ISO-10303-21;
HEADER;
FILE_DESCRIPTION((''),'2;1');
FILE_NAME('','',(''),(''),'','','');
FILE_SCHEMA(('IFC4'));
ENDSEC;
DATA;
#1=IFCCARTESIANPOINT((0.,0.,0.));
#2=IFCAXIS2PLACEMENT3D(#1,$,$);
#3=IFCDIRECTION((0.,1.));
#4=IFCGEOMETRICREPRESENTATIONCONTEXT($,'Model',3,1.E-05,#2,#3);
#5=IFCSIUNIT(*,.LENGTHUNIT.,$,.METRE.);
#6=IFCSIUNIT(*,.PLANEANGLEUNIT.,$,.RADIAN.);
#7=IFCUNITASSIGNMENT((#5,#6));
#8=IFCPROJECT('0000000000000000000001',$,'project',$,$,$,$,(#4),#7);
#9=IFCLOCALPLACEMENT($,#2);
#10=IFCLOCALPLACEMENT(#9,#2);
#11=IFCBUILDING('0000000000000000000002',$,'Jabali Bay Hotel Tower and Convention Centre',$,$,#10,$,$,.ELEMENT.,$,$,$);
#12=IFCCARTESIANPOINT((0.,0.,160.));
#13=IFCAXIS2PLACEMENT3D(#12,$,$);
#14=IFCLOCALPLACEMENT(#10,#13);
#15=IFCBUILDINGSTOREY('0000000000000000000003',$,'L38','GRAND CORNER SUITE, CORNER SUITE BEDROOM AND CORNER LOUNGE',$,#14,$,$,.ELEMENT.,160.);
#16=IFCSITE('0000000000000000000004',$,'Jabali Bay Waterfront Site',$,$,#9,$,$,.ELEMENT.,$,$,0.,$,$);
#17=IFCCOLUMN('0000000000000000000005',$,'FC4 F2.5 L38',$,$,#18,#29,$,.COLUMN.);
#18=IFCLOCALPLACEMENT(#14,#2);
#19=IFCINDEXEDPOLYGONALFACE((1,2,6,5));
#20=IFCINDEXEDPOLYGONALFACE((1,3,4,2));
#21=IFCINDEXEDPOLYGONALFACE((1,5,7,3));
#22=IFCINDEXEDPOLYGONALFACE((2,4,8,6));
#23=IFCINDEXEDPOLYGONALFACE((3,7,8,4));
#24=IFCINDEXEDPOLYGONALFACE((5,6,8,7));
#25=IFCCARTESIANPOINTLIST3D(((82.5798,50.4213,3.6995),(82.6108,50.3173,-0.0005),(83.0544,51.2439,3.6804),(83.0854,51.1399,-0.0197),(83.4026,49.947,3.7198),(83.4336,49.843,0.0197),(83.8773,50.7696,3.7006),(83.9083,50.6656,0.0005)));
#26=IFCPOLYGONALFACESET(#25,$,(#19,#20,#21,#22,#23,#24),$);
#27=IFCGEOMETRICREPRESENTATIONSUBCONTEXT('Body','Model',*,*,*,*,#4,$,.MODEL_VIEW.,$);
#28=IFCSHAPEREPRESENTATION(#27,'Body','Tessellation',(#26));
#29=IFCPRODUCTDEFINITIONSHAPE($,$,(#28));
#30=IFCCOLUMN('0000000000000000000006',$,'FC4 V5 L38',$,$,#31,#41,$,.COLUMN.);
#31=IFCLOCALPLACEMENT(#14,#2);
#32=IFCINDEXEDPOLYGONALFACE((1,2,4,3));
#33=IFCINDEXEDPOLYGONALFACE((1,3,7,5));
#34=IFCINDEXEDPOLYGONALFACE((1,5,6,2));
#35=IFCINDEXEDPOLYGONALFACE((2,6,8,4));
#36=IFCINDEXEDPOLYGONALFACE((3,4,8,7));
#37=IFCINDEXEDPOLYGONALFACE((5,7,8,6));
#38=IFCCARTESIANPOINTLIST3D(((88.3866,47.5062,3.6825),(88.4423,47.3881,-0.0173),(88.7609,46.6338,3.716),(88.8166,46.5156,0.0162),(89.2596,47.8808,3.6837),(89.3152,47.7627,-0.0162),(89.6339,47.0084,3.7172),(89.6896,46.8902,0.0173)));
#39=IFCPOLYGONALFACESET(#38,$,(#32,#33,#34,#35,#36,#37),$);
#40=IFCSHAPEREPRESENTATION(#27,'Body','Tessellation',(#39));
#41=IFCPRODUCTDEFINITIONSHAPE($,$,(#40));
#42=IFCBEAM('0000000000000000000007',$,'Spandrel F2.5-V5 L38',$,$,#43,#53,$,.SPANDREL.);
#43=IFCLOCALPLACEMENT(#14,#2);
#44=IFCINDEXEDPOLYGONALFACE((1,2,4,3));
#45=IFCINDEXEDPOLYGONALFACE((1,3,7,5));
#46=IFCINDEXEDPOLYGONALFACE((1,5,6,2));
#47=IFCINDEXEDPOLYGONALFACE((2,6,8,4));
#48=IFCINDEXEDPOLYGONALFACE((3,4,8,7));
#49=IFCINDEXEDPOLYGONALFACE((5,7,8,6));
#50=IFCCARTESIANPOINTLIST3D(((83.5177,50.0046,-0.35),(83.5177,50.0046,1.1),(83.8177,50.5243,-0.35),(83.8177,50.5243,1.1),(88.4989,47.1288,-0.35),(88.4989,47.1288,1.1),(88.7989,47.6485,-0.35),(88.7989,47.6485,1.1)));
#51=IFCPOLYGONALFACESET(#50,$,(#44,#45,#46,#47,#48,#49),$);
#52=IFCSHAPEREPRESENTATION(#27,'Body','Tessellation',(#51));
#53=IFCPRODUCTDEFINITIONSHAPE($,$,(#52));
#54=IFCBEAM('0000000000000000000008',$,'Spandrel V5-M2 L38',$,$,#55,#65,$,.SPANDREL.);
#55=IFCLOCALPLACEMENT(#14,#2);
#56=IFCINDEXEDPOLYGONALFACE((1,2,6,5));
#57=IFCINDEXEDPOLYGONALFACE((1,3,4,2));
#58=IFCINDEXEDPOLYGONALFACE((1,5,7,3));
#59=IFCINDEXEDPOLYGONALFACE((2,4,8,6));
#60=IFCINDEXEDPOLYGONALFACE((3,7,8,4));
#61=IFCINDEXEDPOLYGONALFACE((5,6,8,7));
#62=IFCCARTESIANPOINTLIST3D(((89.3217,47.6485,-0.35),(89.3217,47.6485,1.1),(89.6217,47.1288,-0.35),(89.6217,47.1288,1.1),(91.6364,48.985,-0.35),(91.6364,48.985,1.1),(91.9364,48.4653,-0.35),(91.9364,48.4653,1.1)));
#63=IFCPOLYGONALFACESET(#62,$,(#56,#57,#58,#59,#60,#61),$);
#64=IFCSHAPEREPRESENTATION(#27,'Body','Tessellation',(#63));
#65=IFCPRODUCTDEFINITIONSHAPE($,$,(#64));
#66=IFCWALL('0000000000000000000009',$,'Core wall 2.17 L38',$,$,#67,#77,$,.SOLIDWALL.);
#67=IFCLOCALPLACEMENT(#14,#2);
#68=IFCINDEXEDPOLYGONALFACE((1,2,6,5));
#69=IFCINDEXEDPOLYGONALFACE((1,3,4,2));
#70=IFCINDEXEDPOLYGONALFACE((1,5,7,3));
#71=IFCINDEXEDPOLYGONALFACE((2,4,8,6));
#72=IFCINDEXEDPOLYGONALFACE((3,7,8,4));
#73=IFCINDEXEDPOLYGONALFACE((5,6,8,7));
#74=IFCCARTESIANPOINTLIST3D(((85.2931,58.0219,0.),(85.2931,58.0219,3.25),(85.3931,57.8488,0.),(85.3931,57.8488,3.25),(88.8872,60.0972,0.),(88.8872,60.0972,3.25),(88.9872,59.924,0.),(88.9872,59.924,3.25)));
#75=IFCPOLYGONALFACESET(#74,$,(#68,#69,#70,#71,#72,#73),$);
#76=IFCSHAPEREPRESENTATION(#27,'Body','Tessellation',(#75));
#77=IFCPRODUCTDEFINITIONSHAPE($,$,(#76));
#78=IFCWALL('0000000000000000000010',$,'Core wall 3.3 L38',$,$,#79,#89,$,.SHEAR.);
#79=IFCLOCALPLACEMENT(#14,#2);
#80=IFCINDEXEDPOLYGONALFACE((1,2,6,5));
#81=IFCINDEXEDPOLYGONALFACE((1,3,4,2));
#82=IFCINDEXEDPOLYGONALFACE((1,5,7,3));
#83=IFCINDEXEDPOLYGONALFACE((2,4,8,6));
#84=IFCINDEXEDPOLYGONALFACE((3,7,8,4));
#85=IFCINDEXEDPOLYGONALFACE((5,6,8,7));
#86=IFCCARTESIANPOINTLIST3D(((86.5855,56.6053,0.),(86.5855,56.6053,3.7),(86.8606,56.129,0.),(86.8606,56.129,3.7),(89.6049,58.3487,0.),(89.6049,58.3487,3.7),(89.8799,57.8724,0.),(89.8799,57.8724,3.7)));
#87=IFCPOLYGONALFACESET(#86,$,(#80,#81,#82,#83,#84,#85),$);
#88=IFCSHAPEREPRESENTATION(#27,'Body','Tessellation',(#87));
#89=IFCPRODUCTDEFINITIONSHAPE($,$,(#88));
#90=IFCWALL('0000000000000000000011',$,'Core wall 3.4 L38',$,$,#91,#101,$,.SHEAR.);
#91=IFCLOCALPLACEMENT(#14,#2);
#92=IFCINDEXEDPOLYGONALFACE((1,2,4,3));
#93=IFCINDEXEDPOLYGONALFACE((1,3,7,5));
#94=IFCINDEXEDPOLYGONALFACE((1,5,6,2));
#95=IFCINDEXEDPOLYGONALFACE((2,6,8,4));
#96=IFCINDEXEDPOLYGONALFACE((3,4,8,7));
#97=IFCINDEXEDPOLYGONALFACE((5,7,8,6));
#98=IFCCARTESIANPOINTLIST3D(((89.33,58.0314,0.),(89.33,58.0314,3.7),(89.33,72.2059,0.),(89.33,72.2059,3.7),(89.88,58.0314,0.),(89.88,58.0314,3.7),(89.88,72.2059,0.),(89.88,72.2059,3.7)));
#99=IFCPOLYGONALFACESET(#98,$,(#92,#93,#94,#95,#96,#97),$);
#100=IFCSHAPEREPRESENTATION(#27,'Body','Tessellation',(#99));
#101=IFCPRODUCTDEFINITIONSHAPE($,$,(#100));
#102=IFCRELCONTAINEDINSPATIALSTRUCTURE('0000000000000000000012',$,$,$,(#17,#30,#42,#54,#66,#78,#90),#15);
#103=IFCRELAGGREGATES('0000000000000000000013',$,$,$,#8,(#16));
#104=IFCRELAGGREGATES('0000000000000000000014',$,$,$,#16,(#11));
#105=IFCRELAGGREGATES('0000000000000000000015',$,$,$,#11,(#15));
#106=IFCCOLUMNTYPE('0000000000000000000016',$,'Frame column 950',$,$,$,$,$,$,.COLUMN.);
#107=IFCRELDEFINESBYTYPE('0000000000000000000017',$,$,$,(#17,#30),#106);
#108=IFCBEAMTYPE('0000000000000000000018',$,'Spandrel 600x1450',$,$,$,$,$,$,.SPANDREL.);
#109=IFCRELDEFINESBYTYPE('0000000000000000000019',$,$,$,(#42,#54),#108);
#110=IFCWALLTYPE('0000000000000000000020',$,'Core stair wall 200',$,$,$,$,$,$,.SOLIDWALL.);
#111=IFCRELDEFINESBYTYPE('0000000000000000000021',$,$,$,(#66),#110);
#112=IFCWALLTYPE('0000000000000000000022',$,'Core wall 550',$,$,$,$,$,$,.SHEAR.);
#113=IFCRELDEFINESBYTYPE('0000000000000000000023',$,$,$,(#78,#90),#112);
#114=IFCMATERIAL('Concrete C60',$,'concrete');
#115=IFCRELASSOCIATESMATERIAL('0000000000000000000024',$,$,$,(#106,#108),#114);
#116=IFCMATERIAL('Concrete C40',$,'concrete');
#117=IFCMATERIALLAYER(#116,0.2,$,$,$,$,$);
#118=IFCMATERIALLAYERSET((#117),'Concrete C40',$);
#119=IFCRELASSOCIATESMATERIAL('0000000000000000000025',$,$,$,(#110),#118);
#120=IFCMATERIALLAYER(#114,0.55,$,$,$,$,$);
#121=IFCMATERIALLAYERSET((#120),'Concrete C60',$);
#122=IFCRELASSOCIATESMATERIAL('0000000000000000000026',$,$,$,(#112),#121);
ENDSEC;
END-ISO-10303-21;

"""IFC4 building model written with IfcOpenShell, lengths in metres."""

from ifc_helpers import new_model, si_unit, direction, frame, frame_2d, origin, origin_2d, place, context, subcontext, project, spatial, rectangle, extrude, material, layer, layer_set, material_profile, profile_set, type_object, element, save


model = new_model("IFC4")

# Units and contexts
model_context = context("Model", 3, precision=1e-05, world=origin(), true_north=direction((0.0, 1.0)))
body_context = subcontext(model_context, "Body", "Model", "MODEL_VIEW")
ifc_project = project(units=[si_unit("LENGTHUNIT", "METRE"), si_unit("PLANEANGLEUNIT", "RADIAN")], contexts=[model_context])

# Site, building, storey
site_placement = place(None, origin())
site = spatial("IfcSite", under=ifc_project, at=site_placement, Name="Jabali Bay Waterfront Site", CompositionType="ELEMENT", RefElevation=0.0)
building_placement = place(site_placement, origin())
building = spatial("IfcBuilding", under=site, at=building_placement, Name="Jabali Bay Hotel Tower and Convention Centre", CompositionType="ELEMENT")
storey_placement = place(building_placement, frame((0.0, 0.0, 160.0)))
storey = spatial("IfcBuildingStorey", under=building, at=storey_placement, Name="L38", Description="GRAND CORNER SUITE, CORNER SUITE BEDROOM AND CORNER LOUNGE", CompositionType="ELEMENT", Elevation=160.0)

# Columns
ifc_material_1 = material(Name="Concrete C60", Category="concrete")
ifc_material_profile_1 = material_profile(ifc_material_1, rectangle(XDim=0.95, YDim=0.95, at=origin_2d()), Name="Frame column 950")
ifc_profile_set_1 = profile_set([ifc_material_profile_1], Name="Concrete C60")
column_type = type_object("IfcColumnType", Name="Frame column 950", PredefinedType="COLUMN", material=ifc_profile_set_1)
column_1_placement = place(storey_placement, frame((83.2595, 50.4915, 0.0), z_axis=(-0.008376, 0.028097, 0.99957), x_axis=(-0.499676, -0.865978, 0.020155)))
element("IfcColumn", 1, at=column_1_placement, inside=storey, type_object=column_type, Name="FC4 F2.5 L38", PredefinedType="COLUMN", context=body_context, shape_type="SweptSolid", body=[
    extrude(rectangle(XDim=0.95, YDim=0.95, at=origin_2d()), origin(), (0.0, 0.0, 1.0), 3.7017),
])
column_2_placement = place(storey_placement, frame((89.0659, 47.1392, 0.0), z_axis=(-0.015035, 0.031917, 0.999377), x_axis=(0.394045, -0.918415, 0.035259)))
element("IfcColumn", 2, at=column_2_placement, inside=storey, type_object=column_type, Name="FC4 V5 L38", PredefinedType="COLUMN", context=body_context, shape_type="SweptSolid", body=[
    extrude(rectangle(XDim=0.95, YDim=0.95, at=origin_2d()), origin(), (0.0, 0.0, 1.0), 3.7021),
])

# Beams
ifc_material_profile_2 = material_profile(ifc_material_1, rectangle(XDim=0.6001, YDim=1.45, at=origin_2d()), Name="Spandrel 600x1450")
ifc_profile_set_2 = profile_set([ifc_material_profile_2], Name="Concrete C60")
beam_type = type_object("IfcBeamType", Name="Spandrel 600x1450", PredefinedType="SPANDREL", material=ifc_profile_set_2)
beam_1_placement = place(storey_placement, frame((83.6677, 50.2644, 0.375), z_axis=(0.866038, -0.499978, 0.0), x_axis=(0.499978, 0.866038, 0.0)))
element("IfcBeam", 3, at=beam_1_placement, inside=storey, type_object=beam_type, Name="Spandrel F2.5-V5 L38", PredefinedType="SPANDREL", context=body_context, shape_type="SweptSolid", body=[
    extrude(rectangle(XDim=0.6001, YDim=1.45, at=origin_2d()), origin(), (0.0, 0.0, 1.0), 5.7517),
])
beam_2_placement = place(storey_placement, frame((89.4717, 47.3887, 0.375), z_axis=(0.86602, 0.50001, 0.0), x_axis=(-0.50001, 0.86602, 0.0)))
element("IfcBeam", 4, at=beam_2_placement, inside=storey, type_object=beam_type, Name="Spandrel V5-M2 L38", PredefinedType="SPANDREL", context=body_context, shape_type="SweptSolid", body=[
    extrude(rectangle(XDim=0.6001, YDim=1.45, at=origin_2d()), origin(), (0.0, 0.0, 1.0), 2.6729),
])

# Walls
ifc_material_2 = material(Name="Concrete C40", Category="concrete")
ifc_layer_1 = layer(ifc_material_2, 0.2)
ifc_layer_set_1 = layer_set([ifc_layer_1], Name="Concrete C40")
wall_type_1 = type_object("IfcWallType", Name="Core stair wall 200", PredefinedType="SOLIDWALL", material=ifc_layer_set_1)
wall_1_placement = place(storey_placement, frame((85.343, 57.9353, 0.0), z_axis=(0.0, 0.0, 1.0), x_axis=(0.866004, 0.500036, 0.0)))
element("IfcWall", 5, at=wall_1_placement, inside=storey, type_object=wall_type_1, Name="Core wall 2.17 L38", PredefinedType="SOLIDWALL", context=body_context, shape_type="SweptSolid", body=[
    extrude(rectangle(XDim=4.1501, YDim=0.2, at=frame_2d((2.0752, 0.0))), origin(), (0.0, 0.0, 1.0), 3.25),
])
ifc_layer_2 = layer(ifc_material_1, 0.55)
ifc_layer_set_2 = layer_set([ifc_layer_2], Name="Concrete C60")
wall_type_2 = type_object("IfcWallType", Name="Core wall 550", PredefinedType="SHEAR", material=ifc_layer_set_2)
wall_2_placement = place(storey_placement, frame((86.7231, 56.3672, 0.0), z_axis=(0.0, 0.0, 1.0), x_axis=(0.865998, 0.500048, 0.0)))
element("IfcWall", 6, at=wall_2_placement, inside=storey, type_object=wall_type_2, Name="Core wall 3.3 L38", PredefinedType="SHEAR", context=body_context, shape_type="SweptSolid", body=[
    extrude(rectangle(XDim=3.4866, YDim=0.55, at=frame_2d((1.7432, 0.0))), origin(), (0.0, 0.0, 1.0), 3.7),
])
wall_3_placement = place(storey_placement, frame((89.605, 58.0312, 0.0), z_axis=(0.0, 0.0, 1.0), x_axis=(0.0, 1.0, 0.0)))
element("IfcWall", 7, at=wall_3_placement, inside=storey, type_object=wall_type_2, Name="Core wall 3.4 L38", PredefinedType="SHEAR", context=body_context, shape_type="SweptSolid", body=[
    extrude(rectangle(XDim=14.1746, YDim=0.55, at=frame_2d((7.0874, 0.0))), origin(), (0.0, 0.0, 1.0), 3.7),
])

save(model, "model.ifc")
